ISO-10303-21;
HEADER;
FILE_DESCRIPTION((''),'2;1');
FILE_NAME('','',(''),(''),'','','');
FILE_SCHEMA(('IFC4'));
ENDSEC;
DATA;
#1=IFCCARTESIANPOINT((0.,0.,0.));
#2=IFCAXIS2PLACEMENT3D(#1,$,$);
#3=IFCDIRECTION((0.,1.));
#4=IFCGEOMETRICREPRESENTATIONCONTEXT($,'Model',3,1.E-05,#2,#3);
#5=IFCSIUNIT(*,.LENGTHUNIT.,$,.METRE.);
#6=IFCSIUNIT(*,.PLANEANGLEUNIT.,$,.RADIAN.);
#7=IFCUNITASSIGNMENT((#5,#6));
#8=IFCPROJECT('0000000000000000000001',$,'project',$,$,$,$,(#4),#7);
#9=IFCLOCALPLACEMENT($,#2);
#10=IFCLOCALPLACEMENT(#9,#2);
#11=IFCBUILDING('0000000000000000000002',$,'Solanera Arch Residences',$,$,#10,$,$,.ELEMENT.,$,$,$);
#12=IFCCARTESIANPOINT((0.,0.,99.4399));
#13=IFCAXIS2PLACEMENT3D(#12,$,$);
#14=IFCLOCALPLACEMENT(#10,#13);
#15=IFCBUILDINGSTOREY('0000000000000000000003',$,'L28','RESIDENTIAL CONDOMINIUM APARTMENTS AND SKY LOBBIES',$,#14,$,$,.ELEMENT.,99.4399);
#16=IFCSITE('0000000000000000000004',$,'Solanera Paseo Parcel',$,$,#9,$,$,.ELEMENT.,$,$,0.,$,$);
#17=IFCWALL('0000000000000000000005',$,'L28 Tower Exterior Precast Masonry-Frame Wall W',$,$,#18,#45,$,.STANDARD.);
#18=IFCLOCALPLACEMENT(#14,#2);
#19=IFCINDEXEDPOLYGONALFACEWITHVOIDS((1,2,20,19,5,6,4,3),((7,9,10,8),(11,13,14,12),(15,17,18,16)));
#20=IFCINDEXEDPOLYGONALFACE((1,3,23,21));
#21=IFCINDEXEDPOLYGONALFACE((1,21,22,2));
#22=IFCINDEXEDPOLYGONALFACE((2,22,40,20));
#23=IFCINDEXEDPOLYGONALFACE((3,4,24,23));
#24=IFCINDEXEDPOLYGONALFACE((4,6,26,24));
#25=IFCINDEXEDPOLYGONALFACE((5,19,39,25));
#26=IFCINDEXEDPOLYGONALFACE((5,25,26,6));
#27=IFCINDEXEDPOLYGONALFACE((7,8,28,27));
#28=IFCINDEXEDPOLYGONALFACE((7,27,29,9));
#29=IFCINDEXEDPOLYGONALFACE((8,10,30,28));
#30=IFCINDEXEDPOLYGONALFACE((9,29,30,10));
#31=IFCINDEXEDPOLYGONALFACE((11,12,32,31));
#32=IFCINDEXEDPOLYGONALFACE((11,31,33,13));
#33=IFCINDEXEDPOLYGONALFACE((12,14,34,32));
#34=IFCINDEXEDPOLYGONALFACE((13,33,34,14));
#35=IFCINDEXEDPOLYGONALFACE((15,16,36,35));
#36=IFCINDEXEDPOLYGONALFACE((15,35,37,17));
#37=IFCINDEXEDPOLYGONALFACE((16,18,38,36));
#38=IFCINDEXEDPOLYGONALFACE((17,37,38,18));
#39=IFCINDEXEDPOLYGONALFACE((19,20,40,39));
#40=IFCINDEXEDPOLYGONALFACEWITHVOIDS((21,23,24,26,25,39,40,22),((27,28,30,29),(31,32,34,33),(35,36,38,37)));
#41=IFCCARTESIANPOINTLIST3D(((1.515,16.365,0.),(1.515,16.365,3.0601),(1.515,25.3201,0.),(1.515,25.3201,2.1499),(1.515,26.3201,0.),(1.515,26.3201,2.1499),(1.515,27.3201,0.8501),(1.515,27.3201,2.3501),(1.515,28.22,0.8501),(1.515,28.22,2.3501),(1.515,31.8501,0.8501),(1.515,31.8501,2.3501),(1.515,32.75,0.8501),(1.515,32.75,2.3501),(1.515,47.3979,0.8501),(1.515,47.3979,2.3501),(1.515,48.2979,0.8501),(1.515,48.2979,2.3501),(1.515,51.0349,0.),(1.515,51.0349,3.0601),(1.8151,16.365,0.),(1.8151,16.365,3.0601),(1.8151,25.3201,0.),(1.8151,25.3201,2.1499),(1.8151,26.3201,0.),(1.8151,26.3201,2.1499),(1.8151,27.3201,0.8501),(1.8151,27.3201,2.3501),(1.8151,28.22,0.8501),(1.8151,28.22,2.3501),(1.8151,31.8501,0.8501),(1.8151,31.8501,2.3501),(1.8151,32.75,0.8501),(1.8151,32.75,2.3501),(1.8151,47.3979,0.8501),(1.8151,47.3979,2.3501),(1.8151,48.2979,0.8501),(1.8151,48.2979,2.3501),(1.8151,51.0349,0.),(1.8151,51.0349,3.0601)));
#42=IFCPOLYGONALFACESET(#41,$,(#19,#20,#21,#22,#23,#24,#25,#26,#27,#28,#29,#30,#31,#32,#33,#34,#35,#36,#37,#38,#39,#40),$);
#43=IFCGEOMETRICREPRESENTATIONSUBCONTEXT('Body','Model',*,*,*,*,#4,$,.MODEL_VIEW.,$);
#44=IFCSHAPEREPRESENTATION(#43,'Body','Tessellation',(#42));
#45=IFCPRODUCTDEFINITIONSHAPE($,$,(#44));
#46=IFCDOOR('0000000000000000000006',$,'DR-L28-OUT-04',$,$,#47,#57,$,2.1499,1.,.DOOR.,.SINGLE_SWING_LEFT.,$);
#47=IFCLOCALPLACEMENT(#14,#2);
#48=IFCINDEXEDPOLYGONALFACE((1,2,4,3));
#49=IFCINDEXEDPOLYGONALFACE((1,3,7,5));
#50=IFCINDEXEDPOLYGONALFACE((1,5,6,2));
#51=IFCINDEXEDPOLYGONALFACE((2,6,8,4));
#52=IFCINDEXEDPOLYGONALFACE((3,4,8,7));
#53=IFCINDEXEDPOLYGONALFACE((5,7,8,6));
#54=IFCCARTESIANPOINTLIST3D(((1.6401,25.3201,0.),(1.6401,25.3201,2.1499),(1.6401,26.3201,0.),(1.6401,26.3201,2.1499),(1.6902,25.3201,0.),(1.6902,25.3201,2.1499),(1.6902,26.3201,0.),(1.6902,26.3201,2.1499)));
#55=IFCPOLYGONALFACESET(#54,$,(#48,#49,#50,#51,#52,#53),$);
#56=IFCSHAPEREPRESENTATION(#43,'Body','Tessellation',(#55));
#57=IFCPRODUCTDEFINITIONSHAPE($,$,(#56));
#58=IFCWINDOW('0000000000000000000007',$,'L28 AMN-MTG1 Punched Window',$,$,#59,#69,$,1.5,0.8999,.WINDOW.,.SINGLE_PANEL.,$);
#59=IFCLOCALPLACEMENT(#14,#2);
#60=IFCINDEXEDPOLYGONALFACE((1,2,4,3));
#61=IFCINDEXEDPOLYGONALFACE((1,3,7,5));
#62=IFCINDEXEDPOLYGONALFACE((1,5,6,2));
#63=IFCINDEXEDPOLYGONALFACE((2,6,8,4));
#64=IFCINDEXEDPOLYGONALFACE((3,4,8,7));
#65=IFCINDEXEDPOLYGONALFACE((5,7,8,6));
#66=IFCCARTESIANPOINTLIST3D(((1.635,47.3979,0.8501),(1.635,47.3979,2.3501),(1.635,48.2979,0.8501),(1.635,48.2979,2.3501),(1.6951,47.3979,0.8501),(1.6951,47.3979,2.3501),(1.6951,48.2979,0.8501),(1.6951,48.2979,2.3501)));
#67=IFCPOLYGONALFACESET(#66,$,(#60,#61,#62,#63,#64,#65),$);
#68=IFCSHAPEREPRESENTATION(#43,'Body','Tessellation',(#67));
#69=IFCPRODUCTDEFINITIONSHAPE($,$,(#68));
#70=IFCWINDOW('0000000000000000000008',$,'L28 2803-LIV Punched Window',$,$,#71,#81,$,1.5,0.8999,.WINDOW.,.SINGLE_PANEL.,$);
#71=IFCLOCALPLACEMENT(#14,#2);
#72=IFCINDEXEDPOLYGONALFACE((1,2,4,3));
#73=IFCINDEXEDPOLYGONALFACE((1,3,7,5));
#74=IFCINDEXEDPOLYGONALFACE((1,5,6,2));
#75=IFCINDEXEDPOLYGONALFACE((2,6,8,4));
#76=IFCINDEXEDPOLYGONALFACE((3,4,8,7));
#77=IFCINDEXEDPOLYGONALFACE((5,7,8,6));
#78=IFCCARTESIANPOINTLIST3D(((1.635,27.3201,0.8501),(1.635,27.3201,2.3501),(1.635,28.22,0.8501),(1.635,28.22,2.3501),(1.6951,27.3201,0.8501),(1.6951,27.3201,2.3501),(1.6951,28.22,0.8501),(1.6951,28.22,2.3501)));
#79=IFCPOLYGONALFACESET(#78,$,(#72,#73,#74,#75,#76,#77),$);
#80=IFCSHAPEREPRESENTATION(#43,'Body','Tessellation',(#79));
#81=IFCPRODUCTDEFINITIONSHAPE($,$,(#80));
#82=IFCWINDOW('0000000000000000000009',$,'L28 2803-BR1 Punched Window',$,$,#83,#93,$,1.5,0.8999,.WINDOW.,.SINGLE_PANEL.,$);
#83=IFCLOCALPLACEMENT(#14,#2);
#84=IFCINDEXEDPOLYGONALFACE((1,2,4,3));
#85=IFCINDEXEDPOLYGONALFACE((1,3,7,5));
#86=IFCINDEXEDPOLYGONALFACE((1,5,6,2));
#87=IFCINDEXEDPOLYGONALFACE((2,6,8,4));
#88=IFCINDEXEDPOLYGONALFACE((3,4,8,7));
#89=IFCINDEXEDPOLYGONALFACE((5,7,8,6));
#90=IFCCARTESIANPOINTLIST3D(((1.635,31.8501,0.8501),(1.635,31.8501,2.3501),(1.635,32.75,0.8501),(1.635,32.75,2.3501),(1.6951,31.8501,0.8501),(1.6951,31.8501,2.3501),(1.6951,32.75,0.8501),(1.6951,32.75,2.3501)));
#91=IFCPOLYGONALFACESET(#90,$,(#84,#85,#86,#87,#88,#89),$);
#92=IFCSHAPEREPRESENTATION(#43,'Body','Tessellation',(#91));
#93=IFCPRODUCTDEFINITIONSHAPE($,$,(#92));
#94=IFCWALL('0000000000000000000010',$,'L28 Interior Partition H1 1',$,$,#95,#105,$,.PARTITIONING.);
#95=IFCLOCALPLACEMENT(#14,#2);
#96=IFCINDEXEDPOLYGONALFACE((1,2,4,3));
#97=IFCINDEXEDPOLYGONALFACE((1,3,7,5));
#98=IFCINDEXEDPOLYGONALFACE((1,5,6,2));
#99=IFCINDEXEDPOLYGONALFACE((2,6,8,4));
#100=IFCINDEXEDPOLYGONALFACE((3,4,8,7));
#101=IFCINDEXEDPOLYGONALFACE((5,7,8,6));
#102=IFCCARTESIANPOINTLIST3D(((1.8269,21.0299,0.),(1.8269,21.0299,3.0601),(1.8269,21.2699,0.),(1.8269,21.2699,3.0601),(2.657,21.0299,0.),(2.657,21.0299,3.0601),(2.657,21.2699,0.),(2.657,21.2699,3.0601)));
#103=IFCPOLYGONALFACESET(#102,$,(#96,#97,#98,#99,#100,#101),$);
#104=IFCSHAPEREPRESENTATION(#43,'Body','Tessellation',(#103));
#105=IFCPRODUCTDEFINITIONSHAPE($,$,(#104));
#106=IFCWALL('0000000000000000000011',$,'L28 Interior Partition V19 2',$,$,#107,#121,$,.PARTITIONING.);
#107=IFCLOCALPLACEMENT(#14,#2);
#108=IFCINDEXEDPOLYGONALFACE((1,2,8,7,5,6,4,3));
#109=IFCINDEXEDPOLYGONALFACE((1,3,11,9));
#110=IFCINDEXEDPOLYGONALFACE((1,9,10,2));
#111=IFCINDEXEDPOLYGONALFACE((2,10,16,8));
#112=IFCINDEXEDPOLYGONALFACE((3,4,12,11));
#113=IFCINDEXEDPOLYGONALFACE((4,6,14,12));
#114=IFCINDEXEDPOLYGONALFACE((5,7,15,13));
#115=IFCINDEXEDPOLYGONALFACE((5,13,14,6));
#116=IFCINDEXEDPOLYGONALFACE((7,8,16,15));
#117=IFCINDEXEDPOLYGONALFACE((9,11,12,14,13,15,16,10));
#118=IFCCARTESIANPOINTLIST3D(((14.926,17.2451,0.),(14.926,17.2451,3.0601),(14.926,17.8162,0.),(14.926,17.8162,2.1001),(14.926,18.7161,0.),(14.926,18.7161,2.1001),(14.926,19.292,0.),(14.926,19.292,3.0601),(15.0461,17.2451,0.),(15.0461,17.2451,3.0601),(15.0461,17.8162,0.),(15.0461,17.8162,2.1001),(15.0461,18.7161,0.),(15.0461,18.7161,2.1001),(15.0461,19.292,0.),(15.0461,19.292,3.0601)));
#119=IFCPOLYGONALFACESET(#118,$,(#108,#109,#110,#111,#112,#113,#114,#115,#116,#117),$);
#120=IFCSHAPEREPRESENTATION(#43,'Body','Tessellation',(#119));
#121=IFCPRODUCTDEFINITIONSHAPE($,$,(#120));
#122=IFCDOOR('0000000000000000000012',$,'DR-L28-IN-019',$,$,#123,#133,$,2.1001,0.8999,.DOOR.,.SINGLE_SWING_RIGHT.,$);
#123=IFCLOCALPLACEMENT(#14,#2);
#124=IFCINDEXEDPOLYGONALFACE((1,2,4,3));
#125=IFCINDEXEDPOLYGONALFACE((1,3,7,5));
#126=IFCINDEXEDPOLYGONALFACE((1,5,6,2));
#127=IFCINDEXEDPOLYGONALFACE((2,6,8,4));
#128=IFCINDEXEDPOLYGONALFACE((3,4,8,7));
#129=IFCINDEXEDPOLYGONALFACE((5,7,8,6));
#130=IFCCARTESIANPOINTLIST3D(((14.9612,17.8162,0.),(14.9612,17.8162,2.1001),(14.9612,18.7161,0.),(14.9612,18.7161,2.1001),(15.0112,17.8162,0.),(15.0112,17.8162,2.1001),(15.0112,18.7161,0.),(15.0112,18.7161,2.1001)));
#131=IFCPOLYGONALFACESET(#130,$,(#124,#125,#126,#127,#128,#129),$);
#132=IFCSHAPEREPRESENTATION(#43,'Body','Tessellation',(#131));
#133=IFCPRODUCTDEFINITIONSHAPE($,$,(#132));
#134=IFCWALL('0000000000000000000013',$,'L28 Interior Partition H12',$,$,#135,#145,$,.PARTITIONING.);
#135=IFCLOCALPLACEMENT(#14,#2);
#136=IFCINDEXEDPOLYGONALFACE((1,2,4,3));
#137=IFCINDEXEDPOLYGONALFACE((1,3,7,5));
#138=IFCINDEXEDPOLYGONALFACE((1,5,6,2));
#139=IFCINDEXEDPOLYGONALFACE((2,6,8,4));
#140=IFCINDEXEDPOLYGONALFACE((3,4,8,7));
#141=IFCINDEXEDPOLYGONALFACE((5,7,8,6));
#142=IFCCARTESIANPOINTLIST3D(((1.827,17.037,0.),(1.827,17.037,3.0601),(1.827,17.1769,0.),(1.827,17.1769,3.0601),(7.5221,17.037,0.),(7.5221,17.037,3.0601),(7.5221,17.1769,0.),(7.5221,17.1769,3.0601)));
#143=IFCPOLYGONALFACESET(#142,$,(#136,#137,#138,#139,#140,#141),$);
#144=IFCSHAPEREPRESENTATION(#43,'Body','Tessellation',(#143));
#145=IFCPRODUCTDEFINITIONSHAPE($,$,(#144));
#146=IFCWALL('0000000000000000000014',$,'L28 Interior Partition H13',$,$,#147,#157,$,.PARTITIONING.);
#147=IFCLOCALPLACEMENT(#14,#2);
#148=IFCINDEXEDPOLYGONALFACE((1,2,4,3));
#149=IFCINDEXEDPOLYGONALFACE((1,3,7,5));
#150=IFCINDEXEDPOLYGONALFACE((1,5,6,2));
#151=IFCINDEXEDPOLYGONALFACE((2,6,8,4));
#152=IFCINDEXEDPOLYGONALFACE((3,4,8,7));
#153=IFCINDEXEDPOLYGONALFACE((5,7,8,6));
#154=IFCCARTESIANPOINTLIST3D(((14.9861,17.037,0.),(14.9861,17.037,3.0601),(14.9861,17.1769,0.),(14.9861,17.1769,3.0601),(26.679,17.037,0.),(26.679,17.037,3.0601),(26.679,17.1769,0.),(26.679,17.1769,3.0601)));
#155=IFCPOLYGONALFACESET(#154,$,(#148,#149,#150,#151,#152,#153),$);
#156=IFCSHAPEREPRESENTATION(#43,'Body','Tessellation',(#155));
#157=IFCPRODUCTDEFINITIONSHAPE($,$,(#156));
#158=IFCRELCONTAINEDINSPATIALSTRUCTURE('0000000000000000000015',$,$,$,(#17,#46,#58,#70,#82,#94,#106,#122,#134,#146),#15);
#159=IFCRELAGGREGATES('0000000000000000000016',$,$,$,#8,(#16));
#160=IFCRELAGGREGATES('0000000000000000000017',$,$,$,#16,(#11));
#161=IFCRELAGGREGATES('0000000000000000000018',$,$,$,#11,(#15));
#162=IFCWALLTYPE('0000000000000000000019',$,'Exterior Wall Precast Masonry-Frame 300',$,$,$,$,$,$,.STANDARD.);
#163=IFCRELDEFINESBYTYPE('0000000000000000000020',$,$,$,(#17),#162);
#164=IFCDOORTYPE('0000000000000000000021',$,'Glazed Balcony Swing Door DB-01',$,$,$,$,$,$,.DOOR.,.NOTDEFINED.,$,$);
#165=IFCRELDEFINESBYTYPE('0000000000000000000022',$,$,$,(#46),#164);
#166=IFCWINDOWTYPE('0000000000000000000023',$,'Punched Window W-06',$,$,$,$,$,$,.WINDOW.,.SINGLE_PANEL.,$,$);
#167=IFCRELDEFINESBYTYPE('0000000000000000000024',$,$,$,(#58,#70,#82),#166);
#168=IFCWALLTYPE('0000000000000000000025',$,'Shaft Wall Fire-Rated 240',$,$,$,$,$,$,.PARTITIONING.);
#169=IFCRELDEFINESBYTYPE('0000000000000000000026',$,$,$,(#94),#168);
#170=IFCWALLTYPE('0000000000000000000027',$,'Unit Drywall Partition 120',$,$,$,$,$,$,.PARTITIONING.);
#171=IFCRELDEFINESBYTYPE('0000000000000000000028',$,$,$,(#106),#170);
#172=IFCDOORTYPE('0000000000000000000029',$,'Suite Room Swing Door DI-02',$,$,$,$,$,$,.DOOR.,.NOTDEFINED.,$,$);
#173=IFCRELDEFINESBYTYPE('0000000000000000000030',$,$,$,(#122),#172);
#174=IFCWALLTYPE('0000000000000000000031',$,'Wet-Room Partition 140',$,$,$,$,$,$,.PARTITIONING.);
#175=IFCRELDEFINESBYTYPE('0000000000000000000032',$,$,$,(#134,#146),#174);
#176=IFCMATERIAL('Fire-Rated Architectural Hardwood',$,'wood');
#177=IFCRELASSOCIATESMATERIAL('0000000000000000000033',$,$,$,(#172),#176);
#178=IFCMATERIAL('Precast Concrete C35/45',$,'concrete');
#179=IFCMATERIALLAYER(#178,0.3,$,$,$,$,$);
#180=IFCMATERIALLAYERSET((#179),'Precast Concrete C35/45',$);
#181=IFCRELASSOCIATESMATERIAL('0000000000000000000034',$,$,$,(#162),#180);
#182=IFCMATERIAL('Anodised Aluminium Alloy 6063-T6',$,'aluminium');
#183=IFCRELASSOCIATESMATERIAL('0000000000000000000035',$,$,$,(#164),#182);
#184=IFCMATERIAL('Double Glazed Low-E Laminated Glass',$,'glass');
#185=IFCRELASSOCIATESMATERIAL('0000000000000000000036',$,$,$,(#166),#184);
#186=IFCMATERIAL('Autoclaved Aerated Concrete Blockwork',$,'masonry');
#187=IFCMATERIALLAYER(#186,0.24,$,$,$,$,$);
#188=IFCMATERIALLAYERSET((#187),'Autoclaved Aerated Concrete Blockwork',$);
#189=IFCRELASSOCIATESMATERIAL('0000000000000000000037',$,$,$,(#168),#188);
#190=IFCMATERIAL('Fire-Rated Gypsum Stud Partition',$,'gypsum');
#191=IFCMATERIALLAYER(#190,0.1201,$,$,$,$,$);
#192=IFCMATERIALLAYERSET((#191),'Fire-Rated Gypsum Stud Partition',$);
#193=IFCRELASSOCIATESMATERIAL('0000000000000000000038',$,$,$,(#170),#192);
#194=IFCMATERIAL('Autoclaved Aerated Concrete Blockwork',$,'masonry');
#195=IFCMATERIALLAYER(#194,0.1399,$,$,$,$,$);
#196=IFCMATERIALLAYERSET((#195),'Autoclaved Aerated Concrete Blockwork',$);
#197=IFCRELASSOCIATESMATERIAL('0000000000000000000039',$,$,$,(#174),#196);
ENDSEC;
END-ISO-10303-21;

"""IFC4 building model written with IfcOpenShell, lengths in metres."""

from ifc_helpers import new_model, si_unit, direction, frame, frame_2d, origin, place, context, subcontext, project, spatial, rectangle, extrude, material, layer, layer_set, type_object, element, fill, save


model = new_model("IFC4")

# Units and contexts
model_context = context("Model", 3, precision=1e-05, world=origin(), true_north=direction((0.0, 1.0)))
body_context = subcontext(model_context, "Body", "Model", "MODEL_VIEW")
ifc_project = project(units=[si_unit("LENGTHUNIT", "METRE"), si_unit("PLANEANGLEUNIT", "RADIAN")], contexts=[model_context])

# Site, building, storey
site_placement = place(None, origin())
site = spatial("IfcSite", under=ifc_project, at=site_placement, Name="Solanera Paseo Parcel", CompositionType="ELEMENT", RefElevation=0.0)
building_placement = place(site_placement, origin())
building = spatial("IfcBuilding", under=site, at=building_placement, Name="Solanera Arch Residences", CompositionType="ELEMENT")
storey_placement = place(building_placement, frame((0.0, 0.0, 99.4399)))
storey = spatial("IfcBuildingStorey", under=building, at=storey_placement, Name="L28", Description="RESIDENTIAL CONDOMINIUM APARTMENTS AND SKY LOBBIES", CompositionType="ELEMENT", Elevation=99.4399)

# Shared definitions
ifc_material_1 = material(Name="Fire-Rated Architectural Hardwood", Category="wood")
door_type_1 = type_object("IfcDoorType", Name="Suite Room Swing Door DI-02", OperationType="NOTDEFINED", PredefinedType="DOOR", material=ifc_material_1)

# Wall, openings, door, windows
ifc_material_2 = material(Name="Precast Concrete C35/45", Category="concrete")
ifc_layer_1 = layer(ifc_material_2, 0.3)
ifc_layer_set_1 = layer_set([ifc_layer_1], Name="Precast Concrete C35/45")
wall_type_1 = type_object("IfcWallType", Name="Exterior Wall Precast Masonry-Frame 300", PredefinedType="STANDARD", material=ifc_layer_set_1)
wall_1_placement = place(storey_placement, frame((1.665, 16.365, 0.0), z_axis=(0.0, 0.0, 1.0), x_axis=(0.0, 1.0, 0.0)))
wall_1 = element("IfcWall", 1, at=wall_1_placement, inside=storey, type_object=wall_type_1, Name="L28 Tower Exterior Precast Masonry-Frame Wall W", PredefinedType="STANDARD", context=body_context, shape_type="SweptSolid", body=[
    extrude(rectangle(XDim=34.6699, YDim=0.3, at=frame_2d((17.335, 0.0))), origin(), (0.0, 0.0, 1.0), 3.0601),
])
opening_1_placement = place(wall_1_placement, frame((8.9551, 0.0, 0.0)))
opening_1 = element("IfcOpeningElement", 2, at=opening_1_placement, cuts=wall_1, PredefinedType="OPENING", context=body_context, shape_type="SweptSolid", body=[
    extrude(rectangle(XDim=1.0, YDim=2.1499, at=frame_2d((0.5, 1.075))), frame((0.0, 0.1599, 0.0), z_axis=(0.0, -1.0, 0.0), x_axis=(1.0, 0.0, 0.0)), (0.0, 0.0, 1.0), 0.32),
])
opening_2_placement = place(wall_1_placement, frame((31.033, 0.0, 0.8501)))
opening_2 = element("IfcOpeningElement", 3, at=opening_2_placement, cuts=wall_1, PredefinedType="OPENING", context=body_context, shape_type="SweptSolid", body=[
    extrude(rectangle(XDim=0.8999, YDim=1.5, at=frame_2d((0.45, 0.75))), frame((0.0, 0.1599, 0.0), z_axis=(0.0, -1.0, 0.0), x_axis=(1.0, 0.0, 0.0)), (0.0, 0.0, 1.0), 0.32),
])
opening_3_placement = place(wall_1_placement, frame((10.9551, 0.0, 0.8501)))
opening_3 = element("IfcOpeningElement", 4, at=opening_3_placement, cuts=wall_1, PredefinedType="OPENING", context=body_context, shape_type="SweptSolid", body=[
    extrude(rectangle(XDim=0.8999, YDim=1.5, at=frame_2d((0.45, 0.75))), frame((0.0, 0.1599, 0.0), z_axis=(0.0, -1.0, 0.0), x_axis=(1.0, 0.0, 0.0)), (0.0, 0.0, 1.0), 0.32),
])
opening_4_placement = place(wall_1_placement, frame((15.4851, 0.0, 0.8501)))
opening_4 = element("IfcOpeningElement", 5, at=opening_4_placement, cuts=wall_1, PredefinedType="OPENING", context=body_context, shape_type="SweptSolid", body=[
    extrude(rectangle(XDim=0.8999, YDim=1.5, at=frame_2d((0.45, 0.75))), frame((0.0, 0.1599, 0.0), z_axis=(0.0, -1.0, 0.0), x_axis=(1.0, 0.0, 0.0)), (0.0, 0.0, 1.0), 0.32),
])
ifc_material_3 = material(Name="Anodised Aluminium Alloy 6063-T6", Category="aluminium")
door_type_2 = type_object("IfcDoorType", Name="Glazed Balcony Swing Door DB-01", OperationType="NOTDEFINED", PredefinedType="DOOR", material=ifc_material_3)
door_1_placement = place(opening_1_placement, origin())
door_1 = element("IfcDoor", 6, at=door_1_placement, inside=storey, type_object=door_type_2, Name="DR-L28-OUT-04", OperationType="SINGLE_SWING_LEFT", OverallHeight=2.1499, OverallWidth=1.0, PredefinedType="DOOR", context=body_context, shape_type="SweptSolid", body=[
    extrude(rectangle(XDim=1.0, YDim=2.1499, at=frame_2d((0.5, 1.075))), frame((0.0, 0.0249, 0.0), z_axis=(0.0, -1.0, 0.0), x_axis=(1.0, 0.0, 0.0)), (0.0, 0.0, 1.0), 0.05),
])
fill(opening_1, door_1)
ifc_material_4 = material(Name="Double Glazed Low-E Laminated Glass", Category="glass")
window_type = type_object("IfcWindowType", Name="Punched Window W-06", PartitioningType="SINGLE_PANEL", PredefinedType="WINDOW", material=ifc_material_4)
window_1_placement = place(opening_2_placement, origin())
window_1 = element("IfcWindow", 7, at=window_1_placement, inside=storey, type_object=window_type, Name="L28 AMN-MTG1 Punched Window", OverallHeight=1.5, OverallWidth=0.8999, PartitioningType="SINGLE_PANEL", PredefinedType="WINDOW", context=body_context, shape_type="SweptSolid", body=[
    extrude(rectangle(XDim=0.8999, YDim=1.5, at=frame_2d((0.45, 0.75))), frame((0.0, 0.03, 0.0), z_axis=(0.0, -1.0, 0.0), x_axis=(1.0, 0.0, 0.0)), (0.0, 0.0, 1.0), 0.0601),
])
fill(opening_2, window_1)
window_2_placement = place(opening_3_placement, origin())
window_2 = element("IfcWindow", 8, at=window_2_placement, inside=storey, type_object=window_type, Name="L28 2803-LIV Punched Window", OverallHeight=1.5, OverallWidth=0.8999, PartitioningType="SINGLE_PANEL", PredefinedType="WINDOW", context=body_context, shape_type="SweptSolid", body=[
    extrude(rectangle(XDim=0.8999, YDim=1.5, at=frame_2d((0.45, 0.75))), frame((0.0, 0.03, 0.0), z_axis=(0.0, -1.0, 0.0), x_axis=(1.0, 0.0, 0.0)), (0.0, 0.0, 1.0), 0.0601),
])
fill(opening_3, window_2)
window_3_placement = place(opening_4_placement, origin())
window_3 = element("IfcWindow", 9, at=window_3_placement, inside=storey, type_object=window_type, Name="L28 2803-BR1 Punched Window", OverallHeight=1.5, OverallWidth=0.8999, PartitioningType="SINGLE_PANEL", PredefinedType="WINDOW", context=body_context, shape_type="SweptSolid", body=[
    extrude(rectangle(XDim=0.8999, YDim=1.5, at=frame_2d((0.45, 0.75))), frame((0.0, 0.03, 0.0), z_axis=(0.0, -1.0, 0.0), x_axis=(1.0, 0.0, 0.0)), (0.0, 0.0, 1.0), 0.0601),
])
fill(opening_4, window_3)

# Wall
ifc_material_5 = material(Name="Autoclaved Aerated Concrete Blockwork", Category="masonry")
ifc_layer_2 = layer(ifc_material_5, 0.24)
ifc_layer_set_2 = layer_set([ifc_layer_2], Name="Autoclaved Aerated Concrete Blockwork")
wall_type_2 = type_object("IfcWallType", Name="Shaft Wall Fire-Rated 240", PredefinedType="PARTITIONING", material=ifc_layer_set_2)
wall_2_placement = place(storey_placement, frame((1.8269, 21.1499, 0.0), z_axis=(0.0, 0.0, 1.0), x_axis=(1.0, 0.0, 0.0)))
element("IfcWall", 10, at=wall_2_placement, inside=storey, type_object=wall_type_2, Name="L28 Interior Partition H1 1", PredefinedType="PARTITIONING", context=body_context, shape_type="SweptSolid", body=[
    extrude(rectangle(XDim=0.8301, YDim=0.24, at=frame_2d((0.415, 0.0))), origin(), (0.0, 0.0, 1.0), 3.0601),
])

# Wall, opening, door
ifc_material_6 = material(Name="Fire-Rated Gypsum Stud Partition", Category="gypsum")
ifc_layer_3 = layer(ifc_material_6, 0.1201)
ifc_layer_set_3 = layer_set([ifc_layer_3], Name="Fire-Rated Gypsum Stud Partition")
wall_type_3 = type_object("IfcWallType", Name="Unit Drywall Partition 120", PredefinedType="PARTITIONING", material=ifc_layer_set_3)
wall_3_placement = place(storey_placement, frame((14.9861, 17.2451, 0.0), z_axis=(0.0, 0.0, 1.0), x_axis=(0.0, 1.0, 0.0)))
wall_3 = element("IfcWall", 11, at=wall_3_placement, inside=storey, type_object=wall_type_3, Name="L28 Interior Partition V19 2", PredefinedType="PARTITIONING", context=body_context, shape_type="SweptSolid", body=[
    extrude(rectangle(XDim=2.0469, YDim=0.1201, at=frame_2d((1.0234, 0.0))), origin(), (0.0, 0.0, 1.0), 3.0601),
])
opening_5_placement = place(wall_3_placement, frame((0.571, 0.0, 0.0)))
opening_5 = element("IfcOpeningElement", 12, at=opening_5_placement, cuts=wall_3, PredefinedType="OPENING", context=body_context, shape_type="SweptSolid", body=[
    extrude(rectangle(XDim=0.8999, YDim=2.1001, at=frame_2d((0.45, 1.05))), frame((0.0, 0.0701, 0.0), z_axis=(0.0, -1.0, 0.0), x_axis=(1.0, 0.0, 0.0)), (0.0, 0.0, 1.0), 0.1401),
])
door_2_placement = place(opening_5_placement, origin())
door_2 = element("IfcDoor", 13, at=door_2_placement, inside=storey, type_object=door_type_1, Name="DR-L28-IN-019", OperationType="SINGLE_SWING_RIGHT", OverallHeight=2.1001, OverallWidth=0.8999, PredefinedType="DOOR", context=body_context, shape_type="SweptSolid", body=[
    extrude(rectangle(XDim=0.8999, YDim=2.1001, at=frame_2d((0.45, 1.05))), frame((0.0, 0.0249, 0.0), z_axis=(0.0, -1.0, 0.0), x_axis=(1.0, 0.0, 0.0)), (0.0, 0.0, 1.0), 0.05),
])
fill(opening_5, door_2)

# Walls
ifc_material_7 = material(Name="Autoclaved Aerated Concrete Blockwork", Category="masonry")
ifc_layer_4 = layer(ifc_material_7, 0.1399)
ifc_layer_set_4 = layer_set([ifc_layer_4], Name="Autoclaved Aerated Concrete Blockwork")
wall_type_4 = type_object("IfcWallType", Name="Wet-Room Partition 140", PredefinedType="PARTITIONING", material=ifc_layer_set_4)
wall_4_placement = place(storey_placement, frame((1.8269, 17.1069, 0.0), z_axis=(0.0, 0.0, 1.0), x_axis=(1.0, 0.0, 0.0)))
element("IfcWall", 14, at=wall_4_placement, inside=storey, type_object=wall_type_4, Name="L28 Interior Partition H12", PredefinedType="PARTITIONING", context=body_context, shape_type="SweptSolid", body=[
    extrude(rectangle(XDim=5.6951, YDim=0.1399, at=frame_2d((2.8477, 0.0))), origin(), (0.0, 0.0, 1.0), 3.0601),
])
wall_5_placement = place(storey_placement, frame((14.9861, 17.1069, 0.0), z_axis=(0.0, 0.0, 1.0), x_axis=(1.0, 0.0, 0.0)))
element("IfcWall", 15, at=wall_5_placement, inside=storey, type_object=wall_type_4, Name="L28 Interior Partition H13", PredefinedType="PARTITIONING", context=body_context, shape_type="SweptSolid", body=[
    extrude(rectangle(XDim=11.6929, YDim=0.1399, at=frame_2d((5.8464, 0.0))), origin(), (0.0, 0.0, 1.0), 3.0601),
])

save(model, "model.ifc")
